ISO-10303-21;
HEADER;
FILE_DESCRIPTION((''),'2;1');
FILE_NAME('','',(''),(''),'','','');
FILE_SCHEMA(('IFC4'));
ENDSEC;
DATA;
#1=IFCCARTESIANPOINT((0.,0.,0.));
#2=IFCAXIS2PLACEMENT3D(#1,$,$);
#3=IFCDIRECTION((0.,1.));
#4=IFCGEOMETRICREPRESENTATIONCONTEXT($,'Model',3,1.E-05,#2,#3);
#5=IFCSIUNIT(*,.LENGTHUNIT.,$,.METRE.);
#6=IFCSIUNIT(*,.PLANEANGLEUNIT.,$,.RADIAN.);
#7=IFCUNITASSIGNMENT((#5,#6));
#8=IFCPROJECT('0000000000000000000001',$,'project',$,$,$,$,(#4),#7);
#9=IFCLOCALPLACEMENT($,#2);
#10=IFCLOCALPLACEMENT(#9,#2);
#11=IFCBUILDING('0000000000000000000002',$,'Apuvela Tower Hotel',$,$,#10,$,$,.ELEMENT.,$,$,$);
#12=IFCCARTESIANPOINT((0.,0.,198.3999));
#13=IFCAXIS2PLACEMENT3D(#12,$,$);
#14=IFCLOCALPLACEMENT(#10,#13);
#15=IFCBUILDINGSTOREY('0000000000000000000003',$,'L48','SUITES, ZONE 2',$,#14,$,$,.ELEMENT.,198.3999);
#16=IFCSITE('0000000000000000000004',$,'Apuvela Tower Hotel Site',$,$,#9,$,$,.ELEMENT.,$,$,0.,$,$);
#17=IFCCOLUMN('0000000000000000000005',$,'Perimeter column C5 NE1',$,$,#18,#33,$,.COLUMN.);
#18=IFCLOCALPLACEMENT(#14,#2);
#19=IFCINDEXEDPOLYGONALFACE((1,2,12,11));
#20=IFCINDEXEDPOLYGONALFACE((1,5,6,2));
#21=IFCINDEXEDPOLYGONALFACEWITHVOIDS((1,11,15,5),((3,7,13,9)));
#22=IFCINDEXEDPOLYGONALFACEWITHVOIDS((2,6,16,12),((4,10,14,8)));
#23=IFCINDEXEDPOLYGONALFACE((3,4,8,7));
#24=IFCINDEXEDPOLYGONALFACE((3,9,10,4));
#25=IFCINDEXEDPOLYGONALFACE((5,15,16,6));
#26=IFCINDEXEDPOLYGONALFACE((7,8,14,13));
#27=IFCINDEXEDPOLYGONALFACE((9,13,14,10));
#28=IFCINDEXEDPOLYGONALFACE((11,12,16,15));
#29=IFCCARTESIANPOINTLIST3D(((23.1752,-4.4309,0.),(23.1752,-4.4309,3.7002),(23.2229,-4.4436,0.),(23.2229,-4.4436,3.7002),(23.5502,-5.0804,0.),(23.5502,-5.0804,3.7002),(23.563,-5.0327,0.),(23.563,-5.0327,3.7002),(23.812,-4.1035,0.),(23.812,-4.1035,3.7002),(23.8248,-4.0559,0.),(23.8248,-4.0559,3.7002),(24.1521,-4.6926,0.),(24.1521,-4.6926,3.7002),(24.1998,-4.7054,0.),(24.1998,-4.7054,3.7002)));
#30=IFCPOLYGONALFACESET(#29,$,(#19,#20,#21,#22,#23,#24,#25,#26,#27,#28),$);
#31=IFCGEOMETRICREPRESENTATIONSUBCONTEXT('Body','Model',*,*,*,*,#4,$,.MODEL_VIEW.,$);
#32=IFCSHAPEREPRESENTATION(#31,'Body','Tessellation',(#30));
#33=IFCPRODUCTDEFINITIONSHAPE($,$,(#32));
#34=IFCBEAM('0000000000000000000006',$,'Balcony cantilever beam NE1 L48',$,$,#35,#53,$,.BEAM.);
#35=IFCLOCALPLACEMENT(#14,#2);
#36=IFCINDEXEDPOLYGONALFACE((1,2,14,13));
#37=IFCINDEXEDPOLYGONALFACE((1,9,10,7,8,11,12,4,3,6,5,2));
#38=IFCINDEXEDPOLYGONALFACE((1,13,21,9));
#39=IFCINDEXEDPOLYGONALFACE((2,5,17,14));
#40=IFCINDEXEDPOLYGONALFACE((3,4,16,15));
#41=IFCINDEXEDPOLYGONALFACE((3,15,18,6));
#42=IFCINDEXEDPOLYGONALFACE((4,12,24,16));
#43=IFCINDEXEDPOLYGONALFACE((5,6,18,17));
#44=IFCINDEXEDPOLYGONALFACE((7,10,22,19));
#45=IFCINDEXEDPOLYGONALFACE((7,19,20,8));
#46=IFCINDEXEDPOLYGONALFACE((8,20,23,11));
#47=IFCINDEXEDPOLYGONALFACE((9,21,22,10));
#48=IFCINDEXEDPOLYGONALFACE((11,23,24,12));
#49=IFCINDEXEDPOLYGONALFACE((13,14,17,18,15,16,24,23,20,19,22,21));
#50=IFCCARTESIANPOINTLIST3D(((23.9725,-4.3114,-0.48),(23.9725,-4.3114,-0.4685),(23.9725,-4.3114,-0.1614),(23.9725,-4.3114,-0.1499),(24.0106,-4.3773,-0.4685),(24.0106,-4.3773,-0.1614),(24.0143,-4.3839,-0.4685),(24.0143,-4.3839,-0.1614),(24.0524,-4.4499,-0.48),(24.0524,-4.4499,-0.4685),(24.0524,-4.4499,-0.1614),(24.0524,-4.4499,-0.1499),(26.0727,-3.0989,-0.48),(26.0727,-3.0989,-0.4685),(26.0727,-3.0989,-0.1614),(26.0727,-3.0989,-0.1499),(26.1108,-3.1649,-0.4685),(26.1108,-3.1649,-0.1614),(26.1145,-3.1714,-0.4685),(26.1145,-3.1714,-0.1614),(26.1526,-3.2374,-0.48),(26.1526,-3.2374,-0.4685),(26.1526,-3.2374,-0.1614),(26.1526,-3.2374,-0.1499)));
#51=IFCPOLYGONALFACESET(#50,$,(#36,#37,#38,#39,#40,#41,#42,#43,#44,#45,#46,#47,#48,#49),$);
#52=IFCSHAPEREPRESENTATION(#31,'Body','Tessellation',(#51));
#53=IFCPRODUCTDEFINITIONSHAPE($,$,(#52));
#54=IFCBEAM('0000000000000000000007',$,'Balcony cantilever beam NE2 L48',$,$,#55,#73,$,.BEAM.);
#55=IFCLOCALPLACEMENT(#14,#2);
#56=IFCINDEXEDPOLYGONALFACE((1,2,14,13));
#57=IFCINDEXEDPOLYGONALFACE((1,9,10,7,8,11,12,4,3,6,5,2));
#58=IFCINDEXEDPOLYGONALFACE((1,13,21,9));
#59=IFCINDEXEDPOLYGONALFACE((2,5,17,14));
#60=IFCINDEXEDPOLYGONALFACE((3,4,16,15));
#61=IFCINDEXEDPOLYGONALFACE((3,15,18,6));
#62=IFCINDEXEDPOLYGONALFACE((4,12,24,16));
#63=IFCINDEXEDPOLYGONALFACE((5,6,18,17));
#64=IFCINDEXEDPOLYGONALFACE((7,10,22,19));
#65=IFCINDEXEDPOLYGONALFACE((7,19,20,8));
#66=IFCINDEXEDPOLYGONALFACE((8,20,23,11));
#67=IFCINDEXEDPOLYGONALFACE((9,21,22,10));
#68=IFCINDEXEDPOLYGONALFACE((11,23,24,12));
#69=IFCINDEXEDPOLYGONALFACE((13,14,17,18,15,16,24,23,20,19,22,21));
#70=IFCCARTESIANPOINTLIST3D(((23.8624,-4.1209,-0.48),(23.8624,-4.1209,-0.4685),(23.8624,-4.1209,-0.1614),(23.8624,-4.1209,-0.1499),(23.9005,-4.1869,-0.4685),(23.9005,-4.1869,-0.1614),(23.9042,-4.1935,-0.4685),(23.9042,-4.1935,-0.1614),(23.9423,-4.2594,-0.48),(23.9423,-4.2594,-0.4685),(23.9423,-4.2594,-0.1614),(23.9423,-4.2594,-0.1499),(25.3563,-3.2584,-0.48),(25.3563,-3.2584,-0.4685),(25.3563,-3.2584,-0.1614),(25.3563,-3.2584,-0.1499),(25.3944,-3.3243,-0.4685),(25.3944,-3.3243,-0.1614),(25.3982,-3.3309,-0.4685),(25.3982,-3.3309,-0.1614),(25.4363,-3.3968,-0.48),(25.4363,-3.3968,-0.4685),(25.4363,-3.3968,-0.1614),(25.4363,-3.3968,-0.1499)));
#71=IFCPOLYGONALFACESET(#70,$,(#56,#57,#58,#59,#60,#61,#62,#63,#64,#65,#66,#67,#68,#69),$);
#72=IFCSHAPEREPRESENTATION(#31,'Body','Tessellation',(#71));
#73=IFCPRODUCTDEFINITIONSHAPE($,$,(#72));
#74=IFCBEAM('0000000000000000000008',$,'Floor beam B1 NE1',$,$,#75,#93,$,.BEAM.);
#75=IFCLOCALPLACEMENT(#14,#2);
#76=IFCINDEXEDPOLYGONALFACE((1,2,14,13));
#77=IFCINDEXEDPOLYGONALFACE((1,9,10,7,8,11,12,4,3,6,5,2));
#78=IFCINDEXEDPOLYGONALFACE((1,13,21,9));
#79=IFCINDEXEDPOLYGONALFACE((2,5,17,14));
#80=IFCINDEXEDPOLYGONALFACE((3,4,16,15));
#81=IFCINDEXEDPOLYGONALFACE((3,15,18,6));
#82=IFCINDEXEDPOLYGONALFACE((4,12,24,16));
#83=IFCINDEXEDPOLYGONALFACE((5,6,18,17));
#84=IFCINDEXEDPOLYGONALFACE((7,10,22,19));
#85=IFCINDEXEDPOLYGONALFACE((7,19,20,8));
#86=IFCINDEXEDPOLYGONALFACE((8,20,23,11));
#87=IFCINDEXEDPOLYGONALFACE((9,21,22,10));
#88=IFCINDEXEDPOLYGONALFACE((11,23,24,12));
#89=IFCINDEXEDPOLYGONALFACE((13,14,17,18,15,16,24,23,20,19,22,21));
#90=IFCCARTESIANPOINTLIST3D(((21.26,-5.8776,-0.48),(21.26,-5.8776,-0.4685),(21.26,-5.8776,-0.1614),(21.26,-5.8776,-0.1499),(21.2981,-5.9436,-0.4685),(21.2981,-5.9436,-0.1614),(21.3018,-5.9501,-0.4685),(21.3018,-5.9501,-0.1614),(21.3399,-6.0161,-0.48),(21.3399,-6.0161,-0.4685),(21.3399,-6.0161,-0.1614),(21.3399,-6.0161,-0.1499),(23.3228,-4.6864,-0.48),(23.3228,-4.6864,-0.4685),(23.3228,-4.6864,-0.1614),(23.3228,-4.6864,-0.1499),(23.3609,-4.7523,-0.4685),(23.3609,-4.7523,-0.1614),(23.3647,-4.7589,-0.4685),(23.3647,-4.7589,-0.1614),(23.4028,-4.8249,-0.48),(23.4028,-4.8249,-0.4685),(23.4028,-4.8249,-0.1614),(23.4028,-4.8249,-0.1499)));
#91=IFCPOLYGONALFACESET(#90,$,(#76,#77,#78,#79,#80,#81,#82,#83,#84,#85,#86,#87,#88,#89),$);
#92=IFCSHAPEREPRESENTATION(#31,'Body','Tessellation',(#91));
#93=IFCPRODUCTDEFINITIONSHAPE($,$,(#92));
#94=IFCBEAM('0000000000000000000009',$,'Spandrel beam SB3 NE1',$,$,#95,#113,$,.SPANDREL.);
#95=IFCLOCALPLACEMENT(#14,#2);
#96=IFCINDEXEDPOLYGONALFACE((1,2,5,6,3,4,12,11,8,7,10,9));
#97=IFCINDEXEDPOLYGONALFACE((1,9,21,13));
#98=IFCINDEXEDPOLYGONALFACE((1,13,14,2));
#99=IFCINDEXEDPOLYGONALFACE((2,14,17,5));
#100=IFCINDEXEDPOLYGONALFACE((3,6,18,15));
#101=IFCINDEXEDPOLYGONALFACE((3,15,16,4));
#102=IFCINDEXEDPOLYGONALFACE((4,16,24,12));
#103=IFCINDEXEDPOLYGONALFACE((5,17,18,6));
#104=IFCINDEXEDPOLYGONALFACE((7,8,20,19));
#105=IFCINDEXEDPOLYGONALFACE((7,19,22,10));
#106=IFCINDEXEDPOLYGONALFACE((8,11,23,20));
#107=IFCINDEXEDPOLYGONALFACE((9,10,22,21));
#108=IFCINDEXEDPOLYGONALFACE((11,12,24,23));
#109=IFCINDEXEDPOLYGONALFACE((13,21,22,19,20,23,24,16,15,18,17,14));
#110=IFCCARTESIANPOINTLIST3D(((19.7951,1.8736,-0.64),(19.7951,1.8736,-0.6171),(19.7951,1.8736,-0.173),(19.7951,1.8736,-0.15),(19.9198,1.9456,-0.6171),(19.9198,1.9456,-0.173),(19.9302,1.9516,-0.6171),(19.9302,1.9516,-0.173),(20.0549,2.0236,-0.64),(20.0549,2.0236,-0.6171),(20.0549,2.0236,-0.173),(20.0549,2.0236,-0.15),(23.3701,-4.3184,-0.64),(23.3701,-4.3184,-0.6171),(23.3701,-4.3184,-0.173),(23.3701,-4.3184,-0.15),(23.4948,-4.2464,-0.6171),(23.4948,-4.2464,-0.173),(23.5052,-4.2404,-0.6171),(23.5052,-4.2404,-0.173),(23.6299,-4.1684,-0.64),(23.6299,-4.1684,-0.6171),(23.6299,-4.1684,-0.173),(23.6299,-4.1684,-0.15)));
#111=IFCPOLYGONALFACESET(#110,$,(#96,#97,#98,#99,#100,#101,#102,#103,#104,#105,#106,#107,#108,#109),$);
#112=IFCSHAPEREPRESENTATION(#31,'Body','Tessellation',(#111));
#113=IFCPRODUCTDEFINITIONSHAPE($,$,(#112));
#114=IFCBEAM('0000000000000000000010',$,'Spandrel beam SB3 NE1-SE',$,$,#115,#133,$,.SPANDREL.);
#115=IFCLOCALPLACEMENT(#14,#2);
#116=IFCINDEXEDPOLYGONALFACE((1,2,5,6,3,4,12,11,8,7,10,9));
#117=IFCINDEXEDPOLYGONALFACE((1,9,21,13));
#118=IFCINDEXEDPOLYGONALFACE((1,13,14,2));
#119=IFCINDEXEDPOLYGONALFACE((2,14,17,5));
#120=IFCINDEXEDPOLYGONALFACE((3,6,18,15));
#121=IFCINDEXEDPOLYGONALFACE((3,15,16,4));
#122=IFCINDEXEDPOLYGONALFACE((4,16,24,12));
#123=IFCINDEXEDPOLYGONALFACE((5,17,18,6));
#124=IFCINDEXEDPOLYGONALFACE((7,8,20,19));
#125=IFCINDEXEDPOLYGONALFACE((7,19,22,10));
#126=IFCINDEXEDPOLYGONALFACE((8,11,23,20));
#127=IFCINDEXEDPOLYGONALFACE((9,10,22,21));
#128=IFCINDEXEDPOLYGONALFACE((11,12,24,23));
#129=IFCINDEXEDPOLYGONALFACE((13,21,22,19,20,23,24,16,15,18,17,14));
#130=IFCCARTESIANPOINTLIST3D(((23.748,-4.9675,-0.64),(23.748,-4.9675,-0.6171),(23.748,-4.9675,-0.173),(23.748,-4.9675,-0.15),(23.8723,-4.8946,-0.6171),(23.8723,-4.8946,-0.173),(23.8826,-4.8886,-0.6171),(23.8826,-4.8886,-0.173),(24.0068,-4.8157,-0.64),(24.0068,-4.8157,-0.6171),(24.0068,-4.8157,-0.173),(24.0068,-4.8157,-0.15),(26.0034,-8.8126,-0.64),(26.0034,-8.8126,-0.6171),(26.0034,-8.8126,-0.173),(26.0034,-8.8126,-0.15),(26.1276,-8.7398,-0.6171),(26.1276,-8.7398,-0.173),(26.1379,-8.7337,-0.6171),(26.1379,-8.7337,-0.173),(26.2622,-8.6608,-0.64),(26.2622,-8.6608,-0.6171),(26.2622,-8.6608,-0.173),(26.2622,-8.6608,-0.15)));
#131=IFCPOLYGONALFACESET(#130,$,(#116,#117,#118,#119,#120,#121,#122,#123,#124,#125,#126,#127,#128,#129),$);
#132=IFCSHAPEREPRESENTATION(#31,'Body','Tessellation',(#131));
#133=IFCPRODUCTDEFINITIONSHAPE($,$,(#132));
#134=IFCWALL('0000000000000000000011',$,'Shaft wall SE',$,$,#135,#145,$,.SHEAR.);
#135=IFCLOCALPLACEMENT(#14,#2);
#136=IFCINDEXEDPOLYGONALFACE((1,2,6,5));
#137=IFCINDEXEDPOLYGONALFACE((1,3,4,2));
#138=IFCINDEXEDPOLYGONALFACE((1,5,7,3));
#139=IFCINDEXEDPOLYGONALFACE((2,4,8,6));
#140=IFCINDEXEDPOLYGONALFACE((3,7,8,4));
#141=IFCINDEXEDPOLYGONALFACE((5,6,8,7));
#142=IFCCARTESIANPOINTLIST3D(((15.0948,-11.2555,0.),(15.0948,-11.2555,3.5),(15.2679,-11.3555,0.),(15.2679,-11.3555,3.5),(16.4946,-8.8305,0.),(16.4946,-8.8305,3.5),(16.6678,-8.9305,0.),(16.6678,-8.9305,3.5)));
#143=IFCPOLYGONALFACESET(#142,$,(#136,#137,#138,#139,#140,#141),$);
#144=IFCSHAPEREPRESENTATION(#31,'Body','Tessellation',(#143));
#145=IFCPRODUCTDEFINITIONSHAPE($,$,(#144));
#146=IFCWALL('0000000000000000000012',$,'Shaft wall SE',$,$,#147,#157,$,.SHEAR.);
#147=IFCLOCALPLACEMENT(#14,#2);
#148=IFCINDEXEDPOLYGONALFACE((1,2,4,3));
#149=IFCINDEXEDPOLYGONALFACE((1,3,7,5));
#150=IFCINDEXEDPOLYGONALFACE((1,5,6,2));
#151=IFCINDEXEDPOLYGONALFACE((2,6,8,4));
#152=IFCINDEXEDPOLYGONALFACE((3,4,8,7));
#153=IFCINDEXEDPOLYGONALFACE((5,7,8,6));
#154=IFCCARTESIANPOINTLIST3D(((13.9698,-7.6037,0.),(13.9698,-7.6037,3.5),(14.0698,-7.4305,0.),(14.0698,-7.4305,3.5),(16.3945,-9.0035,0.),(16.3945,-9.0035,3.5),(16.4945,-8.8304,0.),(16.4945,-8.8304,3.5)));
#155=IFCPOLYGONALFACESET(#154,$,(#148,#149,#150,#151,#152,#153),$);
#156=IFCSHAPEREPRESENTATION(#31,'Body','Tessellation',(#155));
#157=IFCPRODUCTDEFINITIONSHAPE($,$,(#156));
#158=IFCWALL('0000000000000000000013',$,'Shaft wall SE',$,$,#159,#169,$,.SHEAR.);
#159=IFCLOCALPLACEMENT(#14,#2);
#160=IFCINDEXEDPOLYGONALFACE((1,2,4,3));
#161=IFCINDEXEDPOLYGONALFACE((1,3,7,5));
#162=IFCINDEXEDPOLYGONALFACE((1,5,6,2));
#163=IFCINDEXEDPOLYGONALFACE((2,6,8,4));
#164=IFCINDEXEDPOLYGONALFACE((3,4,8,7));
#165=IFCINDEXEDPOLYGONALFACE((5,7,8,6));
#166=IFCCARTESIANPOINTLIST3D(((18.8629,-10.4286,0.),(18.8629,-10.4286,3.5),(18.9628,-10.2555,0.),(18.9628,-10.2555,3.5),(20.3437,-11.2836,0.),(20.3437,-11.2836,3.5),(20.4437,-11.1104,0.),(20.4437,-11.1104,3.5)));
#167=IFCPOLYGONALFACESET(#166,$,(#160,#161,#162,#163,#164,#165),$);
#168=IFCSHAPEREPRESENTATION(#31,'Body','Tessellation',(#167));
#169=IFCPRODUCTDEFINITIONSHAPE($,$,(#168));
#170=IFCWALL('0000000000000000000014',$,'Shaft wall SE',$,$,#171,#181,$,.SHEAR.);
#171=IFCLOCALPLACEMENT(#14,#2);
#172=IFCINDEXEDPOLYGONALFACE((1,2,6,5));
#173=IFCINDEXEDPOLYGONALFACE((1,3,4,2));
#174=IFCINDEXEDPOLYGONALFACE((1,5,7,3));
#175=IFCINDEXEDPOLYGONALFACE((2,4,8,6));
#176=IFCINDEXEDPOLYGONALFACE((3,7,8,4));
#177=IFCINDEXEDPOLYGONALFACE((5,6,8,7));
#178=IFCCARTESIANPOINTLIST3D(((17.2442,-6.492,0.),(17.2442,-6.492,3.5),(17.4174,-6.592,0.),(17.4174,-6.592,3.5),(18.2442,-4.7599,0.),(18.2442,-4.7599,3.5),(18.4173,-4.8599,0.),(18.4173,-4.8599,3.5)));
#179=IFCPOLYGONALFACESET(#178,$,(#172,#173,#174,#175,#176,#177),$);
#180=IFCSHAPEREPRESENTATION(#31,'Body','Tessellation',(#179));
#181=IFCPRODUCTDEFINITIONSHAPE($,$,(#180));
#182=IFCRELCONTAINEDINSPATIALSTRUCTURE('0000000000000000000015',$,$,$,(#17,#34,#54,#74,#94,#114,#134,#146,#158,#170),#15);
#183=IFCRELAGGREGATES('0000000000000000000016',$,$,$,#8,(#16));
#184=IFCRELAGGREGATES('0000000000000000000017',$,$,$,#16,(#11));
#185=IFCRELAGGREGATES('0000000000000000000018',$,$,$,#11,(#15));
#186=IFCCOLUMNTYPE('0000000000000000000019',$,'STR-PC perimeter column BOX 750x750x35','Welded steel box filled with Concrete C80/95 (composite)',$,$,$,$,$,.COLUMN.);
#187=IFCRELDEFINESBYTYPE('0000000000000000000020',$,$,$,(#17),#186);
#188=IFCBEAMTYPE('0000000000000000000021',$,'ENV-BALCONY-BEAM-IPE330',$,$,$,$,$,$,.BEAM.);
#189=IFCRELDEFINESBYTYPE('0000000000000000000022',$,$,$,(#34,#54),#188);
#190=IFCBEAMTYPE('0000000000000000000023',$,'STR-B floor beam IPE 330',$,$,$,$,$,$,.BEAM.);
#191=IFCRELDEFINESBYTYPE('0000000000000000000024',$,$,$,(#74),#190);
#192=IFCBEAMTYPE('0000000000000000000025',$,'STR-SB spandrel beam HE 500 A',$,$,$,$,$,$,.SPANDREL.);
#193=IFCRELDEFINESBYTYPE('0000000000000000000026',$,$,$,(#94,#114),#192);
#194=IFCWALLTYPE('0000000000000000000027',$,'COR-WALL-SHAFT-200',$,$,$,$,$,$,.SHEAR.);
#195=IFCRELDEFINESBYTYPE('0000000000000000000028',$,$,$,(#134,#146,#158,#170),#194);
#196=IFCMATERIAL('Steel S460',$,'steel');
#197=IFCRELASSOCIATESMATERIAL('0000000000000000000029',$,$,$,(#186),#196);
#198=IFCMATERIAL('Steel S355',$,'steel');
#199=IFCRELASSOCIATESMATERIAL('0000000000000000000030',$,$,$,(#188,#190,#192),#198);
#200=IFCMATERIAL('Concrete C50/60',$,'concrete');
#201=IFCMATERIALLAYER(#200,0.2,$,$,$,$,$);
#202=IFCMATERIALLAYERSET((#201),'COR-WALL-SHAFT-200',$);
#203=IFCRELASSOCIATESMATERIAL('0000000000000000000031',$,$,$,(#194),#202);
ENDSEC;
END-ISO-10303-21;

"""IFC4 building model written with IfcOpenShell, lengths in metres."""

from ifc_helpers import new_model, si_unit, direction, frame, frame_2d, origin, origin_2d, place, context, subcontext, project, spatial, rectangle, hollow_rectangle, i_section, extrude, material, layer, layer_set, material_profile, profile_set, type_object, element, save


model = new_model("IFC4")

# Units and contexts
model_context = context("Model", 3, precision=1e-05, world=origin(), true_north=direction((0.0, 1.0)))
body_context = subcontext(model_context, "Body", "Model", "MODEL_VIEW")
ifc_project = project(units=[si_unit("LENGTHUNIT", "METRE"), si_unit("PLANEANGLEUNIT", "RADIAN")], contexts=[model_context])

# Site, building, storey
site_placement = place(None, origin())
site = spatial("IfcSite", under=ifc_project, at=site_placement, Name="Apuvela Tower Hotel Site", CompositionType="ELEMENT", RefElevation=0.0)
building_placement = place(site_placement, origin())
building = spatial("IfcBuilding", under=site, at=building_placement, Name="Apuvela Tower Hotel", CompositionType="ELEMENT")
storey_placement = place(building_placement, frame((0.0, 0.0, 198.3999)))
storey = spatial("IfcBuildingStorey", under=building, at=storey_placement, Name="L48", Description="SUITES, ZONE 2", CompositionType="ELEMENT", Elevation=198.3999)

# Column
ifc_material_1 = material(Name="Steel S460", Category="steel")
ifc_material_profile_1 = material_profile(ifc_material_1, hollow_rectangle(XDim=0.75, YDim=0.75, WallThickness=0.0349, at=origin_2d()), Name="BOX 750x750x35")
ifc_material_2 = material(Name="Concrete C80/95", Category="concrete")
ifc_material_profile_2 = material_profile(ifc_material_2, rectangle(XDim=0.6799, YDim=0.6799, at=origin_2d()), Name="Concrete C80/95 infill")
ifc_profile_set_1 = profile_set([ifc_material_profile_1, ifc_material_profile_2], Name="Steel S460")
column_type = type_object("IfcColumnType", Name="STR-PC perimeter column BOX 750x750x35", Description="Welded steel box filled with Concrete C80/95 (composite)", PredefinedType="COLUMN", material=ifc_profile_set_1)
column_placement = place(storey_placement, frame((23.6875, -4.5681, 0.0), z_axis=(0.0, 0.0, 1.0), x_axis=(-0.5, 0.866025, 0.0)))
element("IfcColumn", 1, at=column_placement, inside=storey, type_object=column_type, Name="Perimeter column C5 NE1", PredefinedType="COLUMN", context=body_context, shape_type="SweptSolid", body=[
    extrude(hollow_rectangle(XDim=0.75, YDim=0.75, WallThickness=0.0349, at=origin_2d()), origin(), (0.0, 0.0, 1.0), 3.7002),
])

# Beams
ifc_material_3 = material(Name="Steel S355", Category="steel")
ifc_material_profile_3 = material_profile(ifc_material_3, i_section(OverallWidth=0.1599, OverallDepth=0.3301, WebThickness=0.0076, FlangeThickness=0.0115, at=origin_2d()), Name="IPE 330")
ifc_profile_set_2 = profile_set([ifc_material_profile_3], Name="Steel S355")
beam_type_1 = type_object("IfcBeamType", Name="ENV-BALCONY-BEAM-IPE330", PredefinedType="BEAM", material=ifc_profile_set_2)
beam_1_placement = place(storey_placement, frame((24.0125, -4.3806, -0.3149), z_axis=(0.866041, 0.499972, 0.0), x_axis=(-0.499972, 0.866041, 0.0)))
element("IfcBeam", 2, at=beam_1_placement, inside=storey, type_object=beam_type_1, Name="Balcony cantilever beam NE1 L48", PredefinedType="BEAM", context=body_context, shape_type="SweptSolid", body=[
    extrude(i_section(OverallWidth=0.1599, OverallDepth=0.3301, WebThickness=0.0076, FlangeThickness=0.0115, at=origin_2d()), origin(), (0.0, 0.0, 1.0), 2.425),
])
beam_2_placement = place(storey_placement, frame((23.9023, -4.1902, -0.3149), z_axis=(0.866014, 0.500021, 0.0), x_axis=(-0.500021, 0.866014, 0.0)))
element("IfcBeam", 3, at=beam_2_placement, inside=storey, type_object=beam_type_1, Name="Balcony cantilever beam NE2 L48", PredefinedType="BEAM", context=body_context, shape_type="SweptSolid", body=[
    extrude(i_section(OverallWidth=0.1599, OverallDepth=0.3301, WebThickness=0.0076, FlangeThickness=0.0115, at=origin_2d()), origin(), (0.0, 0.0, 1.0), 1.7251),
])
ifc_material_profile_4 = material_profile(ifc_material_3, i_section(OverallWidth=0.1599, OverallDepth=0.3301, WebThickness=0.0076, FlangeThickness=0.0115, at=origin_2d()), Name="IPE 330")
ifc_profile_set_3 = profile_set([ifc_material_profile_4], Name="Steel S355")
beam_type_2 = type_object("IfcBeamType", Name="STR-B floor beam IPE 330", PredefinedType="BEAM", material=ifc_profile_set_3)
beam_3_placement = place(storey_placement, frame((23.3628, -4.7556, -0.3149), z_axis=(-0.865982, -0.500074, 0.0), x_axis=(0.500074, -0.865982, 0.0)))
element("IfcBeam", 4, at=beam_3_placement, inside=storey, type_object=beam_type_2, Name="Floor beam B1 NE1", PredefinedType="BEAM", context=body_context, shape_type="SweptSolid", body=[
    extrude(i_section(OverallWidth=0.1599, OverallDepth=0.3301, WebThickness=0.0076, FlangeThickness=0.0115, at=origin_2d()), origin(), (0.0, 0.0, 1.0), 2.3821),
])
ifc_material_profile_5 = material_profile(ifc_material_3, i_section(OverallWidth=0.3, OverallDepth=0.49, WebThickness=0.012, FlangeThickness=0.0229, at=origin_2d()), Name="HE 500 A")
ifc_profile_set_4 = profile_set([ifc_material_profile_5], Name="Steel S355")
beam_type_3 = type_object("IfcBeamType", Name="STR-SB spandrel beam HE 500 A", PredefinedType="SPANDREL", material=ifc_profile_set_4)
beam_4_placement = place(storey_placement, frame((23.5, -4.2434, -0.395), z_axis=(-0.500006, 0.866022, 0.0), x_axis=(-0.866022, -0.500006, 0.0)))
element("IfcBeam", 5, at=beam_4_placement, inside=storey, type_object=beam_type_3, Name="Spandrel beam SB3 NE1", PredefinedType="SPANDREL", context=body_context, shape_type="SweptSolid", body=[
    extrude(i_section(OverallWidth=0.3, OverallDepth=0.49, WebThickness=0.012, FlangeThickness=0.0229, at=origin_2d()), origin(), (0.0, 0.0, 1.0), 7.1499),
])
beam_5_placement = place(storey_placement, frame((23.8774, -4.8916, -0.395), z_axis=(0.505933, -0.862573, 0.0), x_axis=(0.862573, 0.505933, 0.0)))
element("IfcBeam", 6, at=beam_5_placement, inside=storey, type_object=beam_type_3, Name="Spandrel beam SB3 NE1-SE", PredefinedType="SPANDREL", context=body_context, shape_type="SweptSolid", body=[
    extrude(i_section(OverallWidth=0.3, OverallDepth=0.49, WebThickness=0.012, FlangeThickness=0.0229, at=origin_2d()), origin(), (0.0, 0.0, 1.0), 4.4578),
])

# Walls
ifc_material_4 = material(Name="Concrete C50/60", Category="concrete")
ifc_layer_1 = layer(ifc_material_4, 0.2)
ifc_layer_set_1 = layer_set([ifc_layer_1], Name="COR-WALL-SHAFT-200")
wall_type_1 = type_object("IfcWallType", Name="COR-WALL-SHAFT-200", PredefinedType="SHEAR", material=ifc_layer_set_1)
wall_1_placement = place(storey_placement, frame((15.1814, -11.3054, 0.0), z_axis=(0.0, 0.0, 1.0), x_axis=(0.499946, 0.866056, 0.0)))
element("IfcWall", 7, at=wall_1_placement, inside=storey, type_object=wall_type_1, Name="Shaft wall SE", PredefinedType="SHEAR", context=body_context, shape_type="SweptSolid", body=[
    extrude(rectangle(XDim=2.8, YDim=0.2, at=frame_2d((1.3999, 0.0))), origin(), (0.0, 0.0, 1.0), 3.5),
])
wall_2_placement = place(storey_placement, frame((14.0198, -7.5171, 0.0), z_axis=(0.0, 0.0, 1.0), x_axis=(0.866035, -0.499984, 0.0)))
element("IfcWall", 8, at=wall_2_placement, inside=storey, type_object=wall_type_1, Name="Shaft wall SE", PredefinedType="SHEAR", context=body_context, shape_type="SweptSolid", body=[
    extrude(rectangle(XDim=2.7998, YDim=0.2, at=frame_2d((1.3999, 0.0))), origin(), (0.0, 0.0, 1.0), 3.5),
])
wall_3_placement = place(storey_placement, frame((18.9128, -10.342, 0.0), z_axis=(0.0, 0.0, 1.0), x_axis=(0.866038, -0.499978, 0.0)))
element("IfcWall", 9, at=wall_3_placement, inside=storey, type_object=wall_type_1, Name="Shaft wall SE", PredefinedType="SHEAR", context=body_context, shape_type="SweptSolid", body=[
    extrude(rectangle(XDim=1.71, YDim=0.2, at=frame_2d((0.855, 0.0))), origin(), (0.0, 0.0, 1.0), 3.5),
])
for number, where, z_axis, x_axis, name in (
    (10, (17.3308, -6.542, 0.0), (0.0, 0.0, 1.0), (0.499973, 0.866041, 0.0), "Shaft wall SE"),
):
    element("IfcWall", number, at=place(storey_placement, frame(where, z_axis=z_axis, x_axis=x_axis)), inside=storey, type_object=wall_type_1, Name=name, PredefinedType="SHEAR", context=body_context, shape_type="SweptSolid", body=[
        extrude(rectangle(XDim=2.0, YDim=0.2, at=frame_2d((1.0, 0.0))), origin(), (0.0, 0.0, 1.0), 3.5),
    ])

save(model, "model.ifc")
